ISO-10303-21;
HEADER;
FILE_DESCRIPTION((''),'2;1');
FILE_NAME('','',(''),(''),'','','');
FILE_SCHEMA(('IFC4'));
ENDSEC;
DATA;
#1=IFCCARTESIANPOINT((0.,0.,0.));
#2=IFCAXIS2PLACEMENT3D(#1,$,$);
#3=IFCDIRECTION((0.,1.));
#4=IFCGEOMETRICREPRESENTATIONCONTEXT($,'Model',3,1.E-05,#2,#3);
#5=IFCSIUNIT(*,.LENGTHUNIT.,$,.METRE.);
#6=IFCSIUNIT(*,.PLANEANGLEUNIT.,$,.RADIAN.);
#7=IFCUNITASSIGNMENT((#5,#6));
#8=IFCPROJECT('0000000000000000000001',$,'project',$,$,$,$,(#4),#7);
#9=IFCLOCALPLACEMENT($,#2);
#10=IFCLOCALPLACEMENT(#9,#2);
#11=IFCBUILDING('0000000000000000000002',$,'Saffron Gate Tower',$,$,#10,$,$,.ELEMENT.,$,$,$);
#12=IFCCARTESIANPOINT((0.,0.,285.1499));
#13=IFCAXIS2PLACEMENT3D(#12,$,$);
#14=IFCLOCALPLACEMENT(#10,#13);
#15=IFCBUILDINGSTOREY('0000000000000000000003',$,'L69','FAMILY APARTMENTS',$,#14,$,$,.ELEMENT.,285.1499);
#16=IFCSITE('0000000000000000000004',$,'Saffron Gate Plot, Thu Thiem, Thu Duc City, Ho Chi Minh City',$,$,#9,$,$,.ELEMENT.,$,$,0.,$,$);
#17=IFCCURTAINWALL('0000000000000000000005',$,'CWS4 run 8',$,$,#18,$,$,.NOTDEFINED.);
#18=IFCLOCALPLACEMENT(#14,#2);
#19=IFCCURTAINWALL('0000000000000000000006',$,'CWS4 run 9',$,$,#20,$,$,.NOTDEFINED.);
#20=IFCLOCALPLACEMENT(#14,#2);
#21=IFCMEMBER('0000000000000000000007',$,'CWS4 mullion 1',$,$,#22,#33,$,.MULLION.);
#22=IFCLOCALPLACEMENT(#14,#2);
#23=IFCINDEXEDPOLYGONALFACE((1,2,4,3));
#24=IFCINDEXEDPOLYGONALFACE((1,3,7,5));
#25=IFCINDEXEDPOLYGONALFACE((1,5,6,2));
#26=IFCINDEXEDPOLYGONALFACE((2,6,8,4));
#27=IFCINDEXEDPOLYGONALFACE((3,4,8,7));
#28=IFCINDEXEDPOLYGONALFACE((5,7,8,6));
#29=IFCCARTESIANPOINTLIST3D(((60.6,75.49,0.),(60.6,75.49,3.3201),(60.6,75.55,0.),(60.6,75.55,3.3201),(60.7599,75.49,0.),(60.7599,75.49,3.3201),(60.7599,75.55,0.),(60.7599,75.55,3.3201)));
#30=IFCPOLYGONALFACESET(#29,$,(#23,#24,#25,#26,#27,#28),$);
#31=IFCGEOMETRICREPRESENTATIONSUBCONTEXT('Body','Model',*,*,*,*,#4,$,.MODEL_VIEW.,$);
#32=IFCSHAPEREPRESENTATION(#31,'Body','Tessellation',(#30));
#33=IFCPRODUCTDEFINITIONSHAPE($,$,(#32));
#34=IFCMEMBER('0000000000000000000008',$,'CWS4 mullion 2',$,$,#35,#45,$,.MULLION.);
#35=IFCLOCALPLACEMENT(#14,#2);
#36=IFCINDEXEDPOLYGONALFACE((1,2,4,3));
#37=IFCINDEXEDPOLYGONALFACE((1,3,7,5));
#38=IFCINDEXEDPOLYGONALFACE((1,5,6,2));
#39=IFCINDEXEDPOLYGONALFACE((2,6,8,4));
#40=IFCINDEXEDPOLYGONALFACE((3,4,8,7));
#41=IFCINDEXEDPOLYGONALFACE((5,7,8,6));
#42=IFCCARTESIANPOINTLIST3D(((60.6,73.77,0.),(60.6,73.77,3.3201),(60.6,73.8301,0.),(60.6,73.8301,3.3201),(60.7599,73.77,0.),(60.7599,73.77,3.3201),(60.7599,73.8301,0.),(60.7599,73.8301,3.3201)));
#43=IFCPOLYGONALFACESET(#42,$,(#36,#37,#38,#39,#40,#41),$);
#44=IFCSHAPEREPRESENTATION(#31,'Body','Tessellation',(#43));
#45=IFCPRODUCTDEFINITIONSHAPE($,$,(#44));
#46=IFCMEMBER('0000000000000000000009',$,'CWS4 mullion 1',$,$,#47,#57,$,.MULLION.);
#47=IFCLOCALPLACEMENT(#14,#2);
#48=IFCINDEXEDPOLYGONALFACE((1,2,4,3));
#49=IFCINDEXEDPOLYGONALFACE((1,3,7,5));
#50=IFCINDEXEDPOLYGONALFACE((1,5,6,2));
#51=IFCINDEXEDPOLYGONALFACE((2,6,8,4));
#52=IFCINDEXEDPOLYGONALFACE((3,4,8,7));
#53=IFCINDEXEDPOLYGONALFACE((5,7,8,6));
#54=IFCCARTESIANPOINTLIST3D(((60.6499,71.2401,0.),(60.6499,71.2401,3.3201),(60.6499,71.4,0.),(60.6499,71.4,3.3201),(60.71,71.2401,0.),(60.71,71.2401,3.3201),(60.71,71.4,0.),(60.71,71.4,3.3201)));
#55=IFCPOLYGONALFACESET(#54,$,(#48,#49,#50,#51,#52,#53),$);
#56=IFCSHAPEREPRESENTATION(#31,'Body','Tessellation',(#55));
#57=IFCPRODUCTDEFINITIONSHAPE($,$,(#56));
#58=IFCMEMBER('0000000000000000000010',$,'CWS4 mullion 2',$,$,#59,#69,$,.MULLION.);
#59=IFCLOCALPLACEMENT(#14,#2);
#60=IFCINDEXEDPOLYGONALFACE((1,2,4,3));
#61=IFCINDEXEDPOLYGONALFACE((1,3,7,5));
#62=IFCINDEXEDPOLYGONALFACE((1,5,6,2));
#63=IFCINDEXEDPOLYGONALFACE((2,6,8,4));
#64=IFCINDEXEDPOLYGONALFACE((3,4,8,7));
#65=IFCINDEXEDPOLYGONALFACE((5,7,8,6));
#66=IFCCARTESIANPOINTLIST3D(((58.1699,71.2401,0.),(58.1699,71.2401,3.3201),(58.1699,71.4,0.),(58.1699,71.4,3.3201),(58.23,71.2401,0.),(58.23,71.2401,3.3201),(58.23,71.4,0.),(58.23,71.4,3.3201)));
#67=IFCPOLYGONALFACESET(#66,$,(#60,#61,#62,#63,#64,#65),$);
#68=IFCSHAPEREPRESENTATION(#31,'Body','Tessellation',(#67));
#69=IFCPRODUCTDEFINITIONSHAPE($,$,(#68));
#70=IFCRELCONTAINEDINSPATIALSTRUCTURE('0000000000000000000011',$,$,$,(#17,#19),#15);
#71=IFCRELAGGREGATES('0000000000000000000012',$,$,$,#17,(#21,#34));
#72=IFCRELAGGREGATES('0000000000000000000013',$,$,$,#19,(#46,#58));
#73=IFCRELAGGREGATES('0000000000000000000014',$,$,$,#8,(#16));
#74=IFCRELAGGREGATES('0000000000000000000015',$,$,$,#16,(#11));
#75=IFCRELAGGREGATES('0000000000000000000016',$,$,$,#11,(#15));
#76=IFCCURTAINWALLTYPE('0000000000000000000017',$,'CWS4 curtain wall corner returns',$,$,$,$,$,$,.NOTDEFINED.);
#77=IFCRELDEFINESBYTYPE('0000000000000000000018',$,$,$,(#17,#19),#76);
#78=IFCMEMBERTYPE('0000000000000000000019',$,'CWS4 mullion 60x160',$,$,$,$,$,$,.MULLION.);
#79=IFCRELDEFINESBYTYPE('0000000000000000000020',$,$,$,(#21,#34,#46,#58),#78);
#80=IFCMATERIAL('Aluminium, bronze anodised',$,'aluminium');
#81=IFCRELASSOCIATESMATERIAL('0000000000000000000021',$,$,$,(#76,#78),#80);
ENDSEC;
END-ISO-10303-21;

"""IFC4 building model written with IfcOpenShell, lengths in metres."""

from ifc_helpers import new_model, si_unit, direction, frame, origin, origin_2d, place, context, subcontext, project, spatial, rectangle, extrude, material, material_profile, profile_set, type_object, element, aggregate, save


model = new_model("IFC4")

# Units and contexts
model_context = context("Model", 3, precision=1e-05, world=origin(), true_north=direction((0.0, 1.0)))
body_context = subcontext(model_context, "Body", "Model", "MODEL_VIEW")
ifc_project = project(units=[si_unit("LENGTHUNIT", "METRE"), si_unit("PLANEANGLEUNIT", "RADIAN")], contexts=[model_context])

# Site, building, storey
site_placement = place(None, origin())
site = spatial("IfcSite", under=ifc_project, at=site_placement, Name="Saffron Gate Plot, Thu Thiem, Thu Duc City, Ho Chi Minh City", CompositionType="ELEMENT", RefElevation=0.0)
building_placement = place(site_placement, origin())
building = spatial("IfcBuilding", under=site, at=building_placement, Name="Saffron Gate Tower", CompositionType="ELEMENT")
storey_placement = place(building_placement, frame((0.0, 0.0, 285.1499)))
storey = spatial("IfcBuildingStorey", under=building, at=storey_placement, Name="L69", Description="FAMILY APARTMENTS", CompositionType="ELEMENT", Elevation=285.1499)

# Shared definitions
ifc_material_1 = material(Name="Aluminium, bronze anodised", Category="aluminium")

# Curtain walls
curtain_wall_type_1 = type_object("IfcCurtainWallType", Name="CWS4 curtain wall corner returns", PredefinedType="NOTDEFINED", material=ifc_material_1)
curtain_wall_1_placement = place(storey_placement, origin())
curtain_wall_1 = element("IfcCurtainWall", 1, at=curtain_wall_1_placement, inside=storey, type_object=curtain_wall_type_1, Name="CWS4 run 8", PredefinedType="NOTDEFINED")
curtain_wall_2_placement = place(storey_placement, origin())
curtain_wall_2 = element("IfcCurtainWall", 2, at=curtain_wall_2_placement, inside=storey, type_object=curtain_wall_type_1, Name="CWS4 run 9", PredefinedType="NOTDEFINED")

# Members
ifc_material_profile_1 = material_profile(ifc_material_1, rectangle(XDim=0.1599, YDim=0.0601, at=origin_2d()))
ifc_profile_set_1 = profile_set([ifc_material_profile_1], Name="Aluminium, bronze anodised")
member_type_1 = type_object("IfcMemberType", Name="CWS4 mullion 60x160", PredefinedType="MULLION", material=ifc_profile_set_1)
member_1_placement = place(storey_placement, frame((60.6799, 75.52, 0.0), z_axis=(0.0, 0.0, 1.0), x_axis=(1.0, 0.0, 0.0)))
member_1 = element("IfcMember", 3, at=member_1_placement, type_object=member_type_1, Name="CWS4 mullion 1", PredefinedType="MULLION", context=body_context, shape_type="SweptSolid", body=[
    extrude(rectangle(XDim=0.1599, YDim=0.0601, at=origin_2d()), origin(), (0.0, 0.0, 1.0), 3.3201),
])
member_2_placement = place(storey_placement, frame((60.6799, 73.8, 0.0), z_axis=(0.0, 0.0, 1.0), x_axis=(1.0, 0.0, 0.0)))
member_2 = element("IfcMember", 4, at=member_2_placement, type_object=member_type_1, Name="CWS4 mullion 2", PredefinedType="MULLION", context=body_context, shape_type="SweptSolid", body=[
    extrude(rectangle(XDim=0.1599, YDim=0.0601, at=origin_2d()), origin(), (0.0, 0.0, 1.0), 3.3201),
])
member_3_placement = place(storey_placement, frame((60.6799, 71.3201, 0.0), z_axis=(0.0, 0.0, 1.0), x_axis=(0.0, -1.0, 0.0)))
member_3 = element("IfcMember", 5, at=member_3_placement, type_object=member_type_1, Name="CWS4 mullion 1", PredefinedType="MULLION", context=body_context, shape_type="SweptSolid", body=[
    extrude(rectangle(XDim=0.1599, YDim=0.0601, at=origin_2d()), origin(), (0.0, 0.0, 1.0), 3.3201),
])
member_4_placement = place(storey_placement, frame((58.2, 71.3201, 0.0), z_axis=(0.0, 0.0, 1.0), x_axis=(0.0, -1.0, 0.0)))
member_4 = element("IfcMember", 6, at=member_4_placement, type_object=member_type_1, Name="CWS4 mullion 2", PredefinedType="MULLION", context=body_context, shape_type="SweptSolid", body=[
    extrude(rectangle(XDim=0.1599, YDim=0.0601, at=origin_2d()), origin(), (0.0, 0.0, 1.0), 3.3201),
])

aggregate(curtain_wall_1, [member_1, member_2])
aggregate(curtain_wall_2, [member_3, member_4])

save(model, "model.ifc")
